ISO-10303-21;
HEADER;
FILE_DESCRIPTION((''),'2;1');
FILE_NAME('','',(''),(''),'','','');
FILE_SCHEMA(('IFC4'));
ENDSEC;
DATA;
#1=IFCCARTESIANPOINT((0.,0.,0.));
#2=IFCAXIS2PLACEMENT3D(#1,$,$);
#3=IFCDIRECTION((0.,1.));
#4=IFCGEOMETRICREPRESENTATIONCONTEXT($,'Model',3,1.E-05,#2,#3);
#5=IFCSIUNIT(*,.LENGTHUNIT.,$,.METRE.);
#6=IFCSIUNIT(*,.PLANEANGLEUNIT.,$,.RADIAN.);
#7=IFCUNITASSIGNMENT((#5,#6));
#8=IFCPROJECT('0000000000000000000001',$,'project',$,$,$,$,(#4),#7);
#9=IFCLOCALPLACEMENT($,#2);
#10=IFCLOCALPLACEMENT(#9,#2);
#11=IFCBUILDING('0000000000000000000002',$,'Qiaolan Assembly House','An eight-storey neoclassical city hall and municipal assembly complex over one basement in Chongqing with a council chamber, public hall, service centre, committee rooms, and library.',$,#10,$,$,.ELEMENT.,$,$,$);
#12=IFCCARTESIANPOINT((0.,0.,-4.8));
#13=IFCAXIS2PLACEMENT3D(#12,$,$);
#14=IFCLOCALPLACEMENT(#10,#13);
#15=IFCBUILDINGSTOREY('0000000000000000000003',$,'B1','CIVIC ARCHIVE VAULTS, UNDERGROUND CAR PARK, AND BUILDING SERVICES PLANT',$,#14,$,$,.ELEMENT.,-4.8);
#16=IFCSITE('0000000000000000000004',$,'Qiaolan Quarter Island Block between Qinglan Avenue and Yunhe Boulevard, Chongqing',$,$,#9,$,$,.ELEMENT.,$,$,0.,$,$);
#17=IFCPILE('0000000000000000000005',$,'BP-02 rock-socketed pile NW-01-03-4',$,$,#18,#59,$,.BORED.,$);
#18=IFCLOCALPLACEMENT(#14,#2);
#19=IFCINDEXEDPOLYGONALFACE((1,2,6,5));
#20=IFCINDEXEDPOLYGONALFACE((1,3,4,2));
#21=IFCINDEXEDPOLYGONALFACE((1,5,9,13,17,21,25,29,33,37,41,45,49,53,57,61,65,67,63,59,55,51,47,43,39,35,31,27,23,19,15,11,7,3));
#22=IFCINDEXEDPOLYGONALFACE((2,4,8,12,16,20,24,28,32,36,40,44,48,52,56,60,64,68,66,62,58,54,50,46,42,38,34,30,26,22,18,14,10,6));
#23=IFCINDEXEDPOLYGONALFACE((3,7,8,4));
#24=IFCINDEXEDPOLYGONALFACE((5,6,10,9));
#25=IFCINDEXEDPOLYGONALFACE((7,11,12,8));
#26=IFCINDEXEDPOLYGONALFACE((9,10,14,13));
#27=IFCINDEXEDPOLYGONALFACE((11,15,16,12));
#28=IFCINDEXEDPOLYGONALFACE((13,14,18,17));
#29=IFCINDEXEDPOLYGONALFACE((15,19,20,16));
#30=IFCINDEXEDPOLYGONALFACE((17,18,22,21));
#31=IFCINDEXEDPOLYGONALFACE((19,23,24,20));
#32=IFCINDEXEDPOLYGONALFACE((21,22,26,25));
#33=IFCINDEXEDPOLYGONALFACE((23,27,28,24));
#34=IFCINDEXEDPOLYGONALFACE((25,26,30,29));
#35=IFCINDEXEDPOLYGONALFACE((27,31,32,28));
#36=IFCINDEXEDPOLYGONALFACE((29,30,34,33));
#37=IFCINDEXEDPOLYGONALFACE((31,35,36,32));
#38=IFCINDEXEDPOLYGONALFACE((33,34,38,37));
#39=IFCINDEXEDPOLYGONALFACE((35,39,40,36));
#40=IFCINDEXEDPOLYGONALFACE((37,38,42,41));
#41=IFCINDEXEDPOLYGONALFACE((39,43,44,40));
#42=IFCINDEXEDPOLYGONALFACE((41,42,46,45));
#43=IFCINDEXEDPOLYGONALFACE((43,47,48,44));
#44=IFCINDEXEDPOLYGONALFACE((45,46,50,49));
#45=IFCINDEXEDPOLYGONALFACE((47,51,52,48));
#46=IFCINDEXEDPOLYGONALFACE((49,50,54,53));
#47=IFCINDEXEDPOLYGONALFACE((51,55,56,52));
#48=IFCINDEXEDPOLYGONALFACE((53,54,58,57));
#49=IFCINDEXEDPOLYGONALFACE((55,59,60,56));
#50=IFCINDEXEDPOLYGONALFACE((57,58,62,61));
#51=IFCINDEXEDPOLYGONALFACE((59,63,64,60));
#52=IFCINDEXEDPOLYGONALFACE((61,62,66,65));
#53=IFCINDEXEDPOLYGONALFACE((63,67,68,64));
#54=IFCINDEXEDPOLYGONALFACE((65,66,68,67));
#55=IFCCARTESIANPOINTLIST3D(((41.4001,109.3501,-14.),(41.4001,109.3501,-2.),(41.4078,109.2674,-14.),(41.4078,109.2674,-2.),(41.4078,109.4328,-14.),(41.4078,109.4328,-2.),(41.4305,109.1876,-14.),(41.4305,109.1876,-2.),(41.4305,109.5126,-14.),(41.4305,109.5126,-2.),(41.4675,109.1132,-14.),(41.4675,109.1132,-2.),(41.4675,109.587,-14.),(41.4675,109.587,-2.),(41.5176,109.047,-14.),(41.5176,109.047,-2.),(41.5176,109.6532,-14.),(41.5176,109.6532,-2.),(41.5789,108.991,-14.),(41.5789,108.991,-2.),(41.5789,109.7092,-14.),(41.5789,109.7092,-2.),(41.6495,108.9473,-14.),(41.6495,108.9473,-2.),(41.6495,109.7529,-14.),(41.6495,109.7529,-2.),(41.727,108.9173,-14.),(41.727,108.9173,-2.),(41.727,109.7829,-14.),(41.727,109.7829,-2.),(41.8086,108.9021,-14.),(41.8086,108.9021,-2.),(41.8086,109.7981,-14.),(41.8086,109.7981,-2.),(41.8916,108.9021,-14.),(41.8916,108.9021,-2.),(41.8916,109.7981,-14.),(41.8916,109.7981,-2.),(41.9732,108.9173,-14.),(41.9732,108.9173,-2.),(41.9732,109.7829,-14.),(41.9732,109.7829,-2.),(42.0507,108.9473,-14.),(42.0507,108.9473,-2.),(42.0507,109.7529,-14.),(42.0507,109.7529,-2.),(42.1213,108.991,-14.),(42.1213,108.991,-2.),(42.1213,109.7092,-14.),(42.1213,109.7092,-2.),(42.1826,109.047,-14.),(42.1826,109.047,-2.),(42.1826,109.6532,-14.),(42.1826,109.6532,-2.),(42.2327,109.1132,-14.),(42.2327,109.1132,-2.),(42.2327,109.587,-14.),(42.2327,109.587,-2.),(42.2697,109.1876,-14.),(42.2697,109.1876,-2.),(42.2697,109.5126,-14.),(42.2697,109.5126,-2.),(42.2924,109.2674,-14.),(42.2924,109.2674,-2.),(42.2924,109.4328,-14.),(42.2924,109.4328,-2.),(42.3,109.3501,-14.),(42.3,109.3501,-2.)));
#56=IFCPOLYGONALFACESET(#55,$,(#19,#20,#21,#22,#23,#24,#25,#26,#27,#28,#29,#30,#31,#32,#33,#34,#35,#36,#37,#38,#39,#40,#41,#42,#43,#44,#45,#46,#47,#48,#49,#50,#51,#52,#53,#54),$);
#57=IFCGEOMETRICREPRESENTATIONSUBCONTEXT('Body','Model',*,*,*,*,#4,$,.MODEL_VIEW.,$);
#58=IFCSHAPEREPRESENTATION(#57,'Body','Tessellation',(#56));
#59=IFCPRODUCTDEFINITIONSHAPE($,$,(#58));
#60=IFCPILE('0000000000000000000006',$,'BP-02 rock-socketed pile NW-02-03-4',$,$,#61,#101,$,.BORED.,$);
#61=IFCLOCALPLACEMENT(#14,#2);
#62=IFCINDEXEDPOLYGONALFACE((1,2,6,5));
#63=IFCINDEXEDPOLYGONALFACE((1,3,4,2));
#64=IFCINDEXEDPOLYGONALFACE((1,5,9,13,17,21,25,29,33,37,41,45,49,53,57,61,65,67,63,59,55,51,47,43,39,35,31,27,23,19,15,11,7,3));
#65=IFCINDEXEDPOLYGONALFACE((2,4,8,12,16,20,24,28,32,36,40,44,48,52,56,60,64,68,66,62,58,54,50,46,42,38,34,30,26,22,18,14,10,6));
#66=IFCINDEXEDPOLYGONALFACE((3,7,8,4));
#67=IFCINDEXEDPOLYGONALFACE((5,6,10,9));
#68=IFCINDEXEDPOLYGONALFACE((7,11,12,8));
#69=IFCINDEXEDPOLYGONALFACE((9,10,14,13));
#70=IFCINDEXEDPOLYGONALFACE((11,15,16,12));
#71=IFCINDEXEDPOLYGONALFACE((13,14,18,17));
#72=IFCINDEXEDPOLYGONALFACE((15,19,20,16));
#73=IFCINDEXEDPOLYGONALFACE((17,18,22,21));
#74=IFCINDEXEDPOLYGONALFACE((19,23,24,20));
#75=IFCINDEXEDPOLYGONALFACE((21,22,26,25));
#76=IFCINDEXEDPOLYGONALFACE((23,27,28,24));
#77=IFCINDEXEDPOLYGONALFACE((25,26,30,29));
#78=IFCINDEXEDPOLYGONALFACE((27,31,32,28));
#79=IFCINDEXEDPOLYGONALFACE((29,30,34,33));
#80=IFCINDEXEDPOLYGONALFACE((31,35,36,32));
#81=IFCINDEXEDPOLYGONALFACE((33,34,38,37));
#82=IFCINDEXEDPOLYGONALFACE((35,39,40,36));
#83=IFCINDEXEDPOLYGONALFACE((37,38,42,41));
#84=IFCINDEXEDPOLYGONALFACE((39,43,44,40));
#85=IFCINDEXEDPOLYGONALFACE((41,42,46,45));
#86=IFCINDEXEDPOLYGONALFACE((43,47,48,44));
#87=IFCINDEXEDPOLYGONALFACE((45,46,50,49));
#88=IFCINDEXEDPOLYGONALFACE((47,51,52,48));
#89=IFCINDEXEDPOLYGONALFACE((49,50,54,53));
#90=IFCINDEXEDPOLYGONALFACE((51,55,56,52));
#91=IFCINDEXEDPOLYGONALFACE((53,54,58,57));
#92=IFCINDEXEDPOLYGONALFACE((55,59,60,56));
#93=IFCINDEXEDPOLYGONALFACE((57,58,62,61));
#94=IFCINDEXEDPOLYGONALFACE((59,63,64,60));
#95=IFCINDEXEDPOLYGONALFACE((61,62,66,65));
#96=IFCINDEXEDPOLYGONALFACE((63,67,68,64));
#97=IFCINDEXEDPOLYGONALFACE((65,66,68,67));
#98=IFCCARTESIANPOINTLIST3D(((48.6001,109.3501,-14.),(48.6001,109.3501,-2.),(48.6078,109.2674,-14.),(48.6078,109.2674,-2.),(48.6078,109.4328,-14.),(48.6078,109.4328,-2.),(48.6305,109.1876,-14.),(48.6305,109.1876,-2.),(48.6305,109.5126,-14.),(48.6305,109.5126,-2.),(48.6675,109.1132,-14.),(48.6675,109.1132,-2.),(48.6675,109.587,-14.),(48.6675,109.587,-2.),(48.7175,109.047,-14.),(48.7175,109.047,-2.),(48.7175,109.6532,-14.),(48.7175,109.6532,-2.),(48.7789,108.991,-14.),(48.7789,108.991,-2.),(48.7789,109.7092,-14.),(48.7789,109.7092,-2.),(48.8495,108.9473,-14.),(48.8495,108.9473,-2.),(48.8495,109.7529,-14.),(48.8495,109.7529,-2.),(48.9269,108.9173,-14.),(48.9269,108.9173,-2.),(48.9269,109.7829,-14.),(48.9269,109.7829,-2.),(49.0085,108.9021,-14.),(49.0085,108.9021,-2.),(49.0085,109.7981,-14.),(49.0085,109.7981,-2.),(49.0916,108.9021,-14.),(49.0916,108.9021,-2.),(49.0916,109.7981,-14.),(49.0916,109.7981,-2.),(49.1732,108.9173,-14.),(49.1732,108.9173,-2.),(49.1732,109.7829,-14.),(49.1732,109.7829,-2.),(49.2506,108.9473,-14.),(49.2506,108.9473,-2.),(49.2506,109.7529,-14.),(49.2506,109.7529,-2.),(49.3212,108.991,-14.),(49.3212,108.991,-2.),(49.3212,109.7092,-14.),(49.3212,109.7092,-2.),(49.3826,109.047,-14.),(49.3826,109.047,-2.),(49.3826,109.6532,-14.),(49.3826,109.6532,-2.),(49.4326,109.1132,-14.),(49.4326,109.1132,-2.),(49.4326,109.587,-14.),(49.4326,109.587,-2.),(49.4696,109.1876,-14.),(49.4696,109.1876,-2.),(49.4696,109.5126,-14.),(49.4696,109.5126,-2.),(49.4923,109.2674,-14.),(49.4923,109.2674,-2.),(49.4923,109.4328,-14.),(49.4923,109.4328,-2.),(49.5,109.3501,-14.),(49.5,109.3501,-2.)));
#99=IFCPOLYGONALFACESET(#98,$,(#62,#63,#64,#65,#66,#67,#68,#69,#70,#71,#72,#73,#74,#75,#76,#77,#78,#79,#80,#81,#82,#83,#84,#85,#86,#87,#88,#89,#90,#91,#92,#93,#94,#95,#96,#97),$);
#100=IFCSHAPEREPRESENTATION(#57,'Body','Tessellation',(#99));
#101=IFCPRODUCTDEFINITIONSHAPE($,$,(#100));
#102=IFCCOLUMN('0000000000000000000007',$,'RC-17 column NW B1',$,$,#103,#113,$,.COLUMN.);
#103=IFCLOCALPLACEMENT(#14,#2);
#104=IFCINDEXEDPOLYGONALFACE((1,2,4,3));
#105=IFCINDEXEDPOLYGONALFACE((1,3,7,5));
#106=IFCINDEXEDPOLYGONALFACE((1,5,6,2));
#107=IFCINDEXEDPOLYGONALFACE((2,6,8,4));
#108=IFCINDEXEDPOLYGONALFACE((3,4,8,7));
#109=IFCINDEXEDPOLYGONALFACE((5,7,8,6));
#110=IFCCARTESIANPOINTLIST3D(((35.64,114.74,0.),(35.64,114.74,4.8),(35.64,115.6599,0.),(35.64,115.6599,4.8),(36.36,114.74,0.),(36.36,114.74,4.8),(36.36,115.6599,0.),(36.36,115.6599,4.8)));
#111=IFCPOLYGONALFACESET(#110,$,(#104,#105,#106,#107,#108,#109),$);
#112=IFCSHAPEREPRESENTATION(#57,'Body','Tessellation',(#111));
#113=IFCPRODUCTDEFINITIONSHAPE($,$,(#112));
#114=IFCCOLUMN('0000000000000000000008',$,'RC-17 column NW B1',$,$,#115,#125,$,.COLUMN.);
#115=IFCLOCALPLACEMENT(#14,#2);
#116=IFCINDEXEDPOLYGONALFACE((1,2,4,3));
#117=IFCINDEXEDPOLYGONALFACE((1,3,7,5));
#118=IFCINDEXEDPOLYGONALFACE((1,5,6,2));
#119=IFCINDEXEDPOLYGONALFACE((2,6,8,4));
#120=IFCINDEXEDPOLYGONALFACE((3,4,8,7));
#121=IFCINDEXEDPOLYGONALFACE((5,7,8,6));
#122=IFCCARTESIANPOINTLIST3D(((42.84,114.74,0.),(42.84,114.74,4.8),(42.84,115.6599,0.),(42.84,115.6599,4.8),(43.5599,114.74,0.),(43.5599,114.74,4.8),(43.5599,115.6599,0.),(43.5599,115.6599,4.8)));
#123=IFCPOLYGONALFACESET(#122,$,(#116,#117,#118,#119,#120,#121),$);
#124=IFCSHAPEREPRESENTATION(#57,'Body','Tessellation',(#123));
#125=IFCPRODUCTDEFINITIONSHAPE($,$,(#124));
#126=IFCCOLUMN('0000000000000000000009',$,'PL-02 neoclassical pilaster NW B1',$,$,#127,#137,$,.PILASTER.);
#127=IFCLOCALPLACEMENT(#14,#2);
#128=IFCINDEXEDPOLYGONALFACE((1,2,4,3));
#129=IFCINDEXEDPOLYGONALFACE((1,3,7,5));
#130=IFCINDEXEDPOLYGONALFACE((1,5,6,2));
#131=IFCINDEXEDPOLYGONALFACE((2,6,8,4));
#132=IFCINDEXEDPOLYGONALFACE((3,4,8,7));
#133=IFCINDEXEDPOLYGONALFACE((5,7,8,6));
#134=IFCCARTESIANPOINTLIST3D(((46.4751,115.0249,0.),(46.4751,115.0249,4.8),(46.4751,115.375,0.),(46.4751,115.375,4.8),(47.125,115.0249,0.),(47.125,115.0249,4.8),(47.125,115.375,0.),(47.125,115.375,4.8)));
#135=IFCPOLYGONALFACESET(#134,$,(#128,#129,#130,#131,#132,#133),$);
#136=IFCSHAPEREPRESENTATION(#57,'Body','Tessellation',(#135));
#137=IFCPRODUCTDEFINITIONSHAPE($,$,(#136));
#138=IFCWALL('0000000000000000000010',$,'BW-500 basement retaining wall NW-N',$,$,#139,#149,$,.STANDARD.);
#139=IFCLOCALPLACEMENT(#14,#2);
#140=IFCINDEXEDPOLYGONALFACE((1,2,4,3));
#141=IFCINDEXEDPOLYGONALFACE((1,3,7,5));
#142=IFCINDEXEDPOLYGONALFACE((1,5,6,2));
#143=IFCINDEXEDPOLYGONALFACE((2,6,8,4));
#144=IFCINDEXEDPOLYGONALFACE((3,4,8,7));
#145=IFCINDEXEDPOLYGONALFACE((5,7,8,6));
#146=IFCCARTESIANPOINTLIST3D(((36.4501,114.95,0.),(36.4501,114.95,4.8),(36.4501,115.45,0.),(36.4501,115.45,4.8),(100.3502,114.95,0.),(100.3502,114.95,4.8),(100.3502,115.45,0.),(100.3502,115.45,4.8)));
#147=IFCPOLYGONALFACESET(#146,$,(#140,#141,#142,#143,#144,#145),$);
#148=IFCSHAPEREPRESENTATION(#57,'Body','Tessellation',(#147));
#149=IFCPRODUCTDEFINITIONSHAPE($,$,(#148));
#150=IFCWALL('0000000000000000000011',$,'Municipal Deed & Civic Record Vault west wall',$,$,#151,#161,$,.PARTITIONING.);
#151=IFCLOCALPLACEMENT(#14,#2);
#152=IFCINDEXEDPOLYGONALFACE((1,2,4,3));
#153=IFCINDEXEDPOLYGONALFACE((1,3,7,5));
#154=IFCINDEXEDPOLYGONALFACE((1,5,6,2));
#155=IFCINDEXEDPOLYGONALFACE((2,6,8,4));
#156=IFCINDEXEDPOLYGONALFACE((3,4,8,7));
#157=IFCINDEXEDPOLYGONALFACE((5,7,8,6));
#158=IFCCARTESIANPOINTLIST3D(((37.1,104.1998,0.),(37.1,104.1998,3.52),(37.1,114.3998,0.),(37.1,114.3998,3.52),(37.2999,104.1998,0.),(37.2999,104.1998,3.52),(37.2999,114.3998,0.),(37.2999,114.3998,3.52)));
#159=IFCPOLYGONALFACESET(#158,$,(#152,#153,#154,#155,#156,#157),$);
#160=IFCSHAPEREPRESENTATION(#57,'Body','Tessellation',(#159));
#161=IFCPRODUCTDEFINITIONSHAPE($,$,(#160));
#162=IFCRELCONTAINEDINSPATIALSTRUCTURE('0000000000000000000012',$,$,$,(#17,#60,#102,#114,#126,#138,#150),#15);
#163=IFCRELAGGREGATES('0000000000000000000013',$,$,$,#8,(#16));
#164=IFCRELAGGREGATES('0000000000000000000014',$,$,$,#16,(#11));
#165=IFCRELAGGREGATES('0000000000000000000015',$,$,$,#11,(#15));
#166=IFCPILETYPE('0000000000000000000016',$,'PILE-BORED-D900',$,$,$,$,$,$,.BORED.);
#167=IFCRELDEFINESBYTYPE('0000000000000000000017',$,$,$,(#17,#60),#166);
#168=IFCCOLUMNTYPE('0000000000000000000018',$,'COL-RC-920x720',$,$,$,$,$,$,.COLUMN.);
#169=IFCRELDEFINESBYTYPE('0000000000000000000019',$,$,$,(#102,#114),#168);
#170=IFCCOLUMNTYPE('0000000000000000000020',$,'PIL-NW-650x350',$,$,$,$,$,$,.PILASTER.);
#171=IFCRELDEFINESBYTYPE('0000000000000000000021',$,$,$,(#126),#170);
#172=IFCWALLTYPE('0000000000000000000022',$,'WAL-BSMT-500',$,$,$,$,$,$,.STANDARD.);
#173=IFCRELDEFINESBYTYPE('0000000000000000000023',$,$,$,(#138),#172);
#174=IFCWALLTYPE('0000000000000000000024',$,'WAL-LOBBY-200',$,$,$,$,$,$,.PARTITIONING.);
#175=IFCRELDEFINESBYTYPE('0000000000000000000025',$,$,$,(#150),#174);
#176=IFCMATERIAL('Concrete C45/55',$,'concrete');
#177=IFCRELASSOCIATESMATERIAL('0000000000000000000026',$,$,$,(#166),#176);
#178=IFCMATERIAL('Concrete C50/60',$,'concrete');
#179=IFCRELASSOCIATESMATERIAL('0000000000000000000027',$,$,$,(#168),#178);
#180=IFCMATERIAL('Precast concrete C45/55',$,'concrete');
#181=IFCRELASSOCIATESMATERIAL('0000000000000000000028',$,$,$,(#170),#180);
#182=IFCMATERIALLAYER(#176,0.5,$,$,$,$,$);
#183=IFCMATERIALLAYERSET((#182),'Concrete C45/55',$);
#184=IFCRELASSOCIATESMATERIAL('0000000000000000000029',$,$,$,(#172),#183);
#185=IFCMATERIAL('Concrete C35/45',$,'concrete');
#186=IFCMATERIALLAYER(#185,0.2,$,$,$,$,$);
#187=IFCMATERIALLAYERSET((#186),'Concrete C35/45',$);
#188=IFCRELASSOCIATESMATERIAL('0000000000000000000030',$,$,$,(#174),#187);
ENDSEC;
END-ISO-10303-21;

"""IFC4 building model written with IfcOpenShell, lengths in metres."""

from ifc_helpers import new_model, si_unit, direction, frame, frame_2d, origin, origin_2d, place, context, subcontext, project, spatial, rectangle, circle, extrude, material, layer, layer_set, material_profile, profile_set, type_object, element, save


model = new_model("IFC4")

# Units and contexts
model_context = context("Model", 3, precision=1e-05, world=origin(), true_north=direction((0.0, 1.0)))
body_context = subcontext(model_context, "Body", "Model", "MODEL_VIEW")
ifc_project = project(units=[si_unit("LENGTHUNIT", "METRE"), si_unit("PLANEANGLEUNIT", "RADIAN")], contexts=[model_context])

# Site, building, storey
site_placement = place(None, origin())
site = spatial("IfcSite", under=ifc_project, at=site_placement, Name="Qiaolan Quarter Island Block between Qinglan Avenue and Yunhe Boulevard, Chongqing", CompositionType="ELEMENT", RefElevation=0.0)
building_placement = place(site_placement, origin())
building = spatial("IfcBuilding", under=site, at=building_placement, Name="Qiaolan Assembly House", Description="An eight-storey neoclassical city hall and municipal assembly complex over one basement in Chongqing with a council chamber, public hall, service centre, committee rooms, and library.", CompositionType="ELEMENT")
storey_placement = place(building_placement, frame((0.0, 0.0, -4.8)))
storey = spatial("IfcBuildingStorey", under=building, at=storey_placement, Name="B1", Description="CIVIC ARCHIVE VAULTS, UNDERGROUND CAR PARK, AND BUILDING SERVICES PLANT", CompositionType="ELEMENT", Elevation=-4.8)

# Piles
ifc_material_1 = material(Name="Concrete C45/55", Category="concrete")
ifc_material_profile_1 = material_profile(ifc_material_1, circle(Radius=0.45, at=origin_2d()), Name="PILE D900")
ifc_profile_set_1 = profile_set([ifc_material_profile_1], Name="Concrete C45/55")
pile_type_1 = type_object("IfcPileType", Name="PILE-BORED-D900", PredefinedType="BORED", material=ifc_profile_set_1)
for number, where, z_axis, x_axis, name in (
    (1, (41.8501, 109.3501, -2.0), (0.0, 0.0, -1.0), (1.0, 0.0, 0.0), "BP-02 rock-socketed pile NW-01-03-4"),
    (2, (49.05, 109.3501, -2.0), (0.0, 0.0, -1.0), (1.0, 0.0, 0.0), "BP-02 rock-socketed pile NW-02-03-4"),
):
    element("IfcPile", number, at=place(storey_placement, frame(where, z_axis=z_axis, x_axis=x_axis)), inside=storey, type_object=pile_type_1, Name=name, PredefinedType="BORED", context=body_context, shape_type="SweptSolid", body=[
        extrude(circle(Radius=0.45, at=origin_2d()), origin(), (0.0, 0.0, 1.0), 12.0),
    ])

# Columns
ifc_material_2 = material(Name="Concrete C50/60", Category="concrete")
ifc_material_profile_2 = material_profile(ifc_material_2, rectangle(XDim=0.72, YDim=0.9199, at=origin_2d()), Name="RC 920x720")
ifc_profile_set_2 = profile_set([ifc_material_profile_2], Name="Concrete C50/60")
column_type_1 = type_object("IfcColumnType", Name="COL-RC-920x720", PredefinedType="COLUMN", material=ifc_profile_set_2)
for number, where, z_axis, x_axis, name in (
    (3, (36.0, 115.2, 0.0), (0.0, 0.0, 1.0), (1.0, 0.0, 0.0), "RC-17 column NW B1"),
    (4, (43.2, 115.2, 0.0), (0.0, 0.0, 1.0), (1.0, 0.0, 0.0), "RC-17 column NW B1"),
):
    element("IfcColumn", number, at=place(storey_placement, frame(where, z_axis=z_axis, x_axis=x_axis)), inside=storey, type_object=column_type_1, Name=name, PredefinedType="COLUMN", context=body_context, shape_type="SweptSolid", body=[
        extrude(rectangle(XDim=0.72, YDim=0.9199, at=origin_2d()), origin(), (0.0, 0.0, 1.0), 4.8),
    ])
ifc_material_3 = material(Name="Precast concrete C45/55", Category="concrete")
ifc_material_profile_3 = material_profile(ifc_material_3, rectangle(XDim=0.6499, YDim=0.3501, at=origin_2d()), Name="PIL 650x350")
ifc_profile_set_3 = profile_set([ifc_material_profile_3], Name="Precast concrete C45/55")
column_type_2 = type_object("IfcColumnType", Name="PIL-NW-650x350", PredefinedType="PILASTER", material=ifc_profile_set_3)
column_placement = place(storey_placement, frame((46.8, 115.2, 0.0), z_axis=(0.0, 0.0, 1.0), x_axis=(1.0, 0.0, 0.0)))
element("IfcColumn", 5, at=column_placement, inside=storey, type_object=column_type_2, Name="PL-02 neoclassical pilaster NW B1", PredefinedType="PILASTER", context=body_context, shape_type="SweptSolid", body=[
    extrude(rectangle(XDim=0.6499, YDim=0.3501, at=origin_2d()), origin(), (0.0, 0.0, 1.0), 4.8),
])

# Walls
ifc_layer_1 = layer(ifc_material_1, 0.5)
ifc_layer_set_1 = layer_set([ifc_layer_1], Name="Concrete C45/55")
wall_type_1 = type_object("IfcWallType", Name="WAL-BSMT-500", PredefinedType="STANDARD", material=ifc_layer_set_1)
wall_1_placement = place(storey_placement, frame((36.45, 115.2, 0.0), z_axis=(0.0, 0.0, 1.0), x_axis=(1.0, 0.0, 0.0)))
element("IfcWall", 6, at=wall_1_placement, inside=storey, type_object=wall_type_1, Name="BW-500 basement retaining wall NW-N", PredefinedType="STANDARD", context=body_context, shape_type="SweptSolid", body=[
    extrude(rectangle(XDim=63.9001, YDim=0.5, at=frame_2d((31.9502, 0.0))), origin(), (0.0, 0.0, 1.0), 4.8),
])
ifc_material_4 = material(Name="Concrete C35/45", Category="concrete")
ifc_layer_2 = layer(ifc_material_4, 0.2)
ifc_layer_set_2 = layer_set([ifc_layer_2], Name="Concrete C35/45")
wall_type_2 = type_object("IfcWallType", Name="WAL-LOBBY-200", PredefinedType="PARTITIONING", material=ifc_layer_set_2)
wall_2_placement = place(storey_placement, frame((37.2, 114.3999, 0.0), z_axis=(0.0, 0.0, 1.0), x_axis=(0.0, -1.0, 0.0)))
element("IfcWall", 7, at=wall_2_placement, inside=storey, type_object=wall_type_2, Name="Municipal Deed & Civic Record Vault west wall", PredefinedType="PARTITIONING", context=body_context, shape_type="SweptSolid", body=[
    extrude(rectangle(XDim=10.2, YDim=0.2, at=frame_2d((5.1001, 0.0))), origin(), (0.0, 0.0, 1.0), 3.52),
])

save(model, "model.ifc")
